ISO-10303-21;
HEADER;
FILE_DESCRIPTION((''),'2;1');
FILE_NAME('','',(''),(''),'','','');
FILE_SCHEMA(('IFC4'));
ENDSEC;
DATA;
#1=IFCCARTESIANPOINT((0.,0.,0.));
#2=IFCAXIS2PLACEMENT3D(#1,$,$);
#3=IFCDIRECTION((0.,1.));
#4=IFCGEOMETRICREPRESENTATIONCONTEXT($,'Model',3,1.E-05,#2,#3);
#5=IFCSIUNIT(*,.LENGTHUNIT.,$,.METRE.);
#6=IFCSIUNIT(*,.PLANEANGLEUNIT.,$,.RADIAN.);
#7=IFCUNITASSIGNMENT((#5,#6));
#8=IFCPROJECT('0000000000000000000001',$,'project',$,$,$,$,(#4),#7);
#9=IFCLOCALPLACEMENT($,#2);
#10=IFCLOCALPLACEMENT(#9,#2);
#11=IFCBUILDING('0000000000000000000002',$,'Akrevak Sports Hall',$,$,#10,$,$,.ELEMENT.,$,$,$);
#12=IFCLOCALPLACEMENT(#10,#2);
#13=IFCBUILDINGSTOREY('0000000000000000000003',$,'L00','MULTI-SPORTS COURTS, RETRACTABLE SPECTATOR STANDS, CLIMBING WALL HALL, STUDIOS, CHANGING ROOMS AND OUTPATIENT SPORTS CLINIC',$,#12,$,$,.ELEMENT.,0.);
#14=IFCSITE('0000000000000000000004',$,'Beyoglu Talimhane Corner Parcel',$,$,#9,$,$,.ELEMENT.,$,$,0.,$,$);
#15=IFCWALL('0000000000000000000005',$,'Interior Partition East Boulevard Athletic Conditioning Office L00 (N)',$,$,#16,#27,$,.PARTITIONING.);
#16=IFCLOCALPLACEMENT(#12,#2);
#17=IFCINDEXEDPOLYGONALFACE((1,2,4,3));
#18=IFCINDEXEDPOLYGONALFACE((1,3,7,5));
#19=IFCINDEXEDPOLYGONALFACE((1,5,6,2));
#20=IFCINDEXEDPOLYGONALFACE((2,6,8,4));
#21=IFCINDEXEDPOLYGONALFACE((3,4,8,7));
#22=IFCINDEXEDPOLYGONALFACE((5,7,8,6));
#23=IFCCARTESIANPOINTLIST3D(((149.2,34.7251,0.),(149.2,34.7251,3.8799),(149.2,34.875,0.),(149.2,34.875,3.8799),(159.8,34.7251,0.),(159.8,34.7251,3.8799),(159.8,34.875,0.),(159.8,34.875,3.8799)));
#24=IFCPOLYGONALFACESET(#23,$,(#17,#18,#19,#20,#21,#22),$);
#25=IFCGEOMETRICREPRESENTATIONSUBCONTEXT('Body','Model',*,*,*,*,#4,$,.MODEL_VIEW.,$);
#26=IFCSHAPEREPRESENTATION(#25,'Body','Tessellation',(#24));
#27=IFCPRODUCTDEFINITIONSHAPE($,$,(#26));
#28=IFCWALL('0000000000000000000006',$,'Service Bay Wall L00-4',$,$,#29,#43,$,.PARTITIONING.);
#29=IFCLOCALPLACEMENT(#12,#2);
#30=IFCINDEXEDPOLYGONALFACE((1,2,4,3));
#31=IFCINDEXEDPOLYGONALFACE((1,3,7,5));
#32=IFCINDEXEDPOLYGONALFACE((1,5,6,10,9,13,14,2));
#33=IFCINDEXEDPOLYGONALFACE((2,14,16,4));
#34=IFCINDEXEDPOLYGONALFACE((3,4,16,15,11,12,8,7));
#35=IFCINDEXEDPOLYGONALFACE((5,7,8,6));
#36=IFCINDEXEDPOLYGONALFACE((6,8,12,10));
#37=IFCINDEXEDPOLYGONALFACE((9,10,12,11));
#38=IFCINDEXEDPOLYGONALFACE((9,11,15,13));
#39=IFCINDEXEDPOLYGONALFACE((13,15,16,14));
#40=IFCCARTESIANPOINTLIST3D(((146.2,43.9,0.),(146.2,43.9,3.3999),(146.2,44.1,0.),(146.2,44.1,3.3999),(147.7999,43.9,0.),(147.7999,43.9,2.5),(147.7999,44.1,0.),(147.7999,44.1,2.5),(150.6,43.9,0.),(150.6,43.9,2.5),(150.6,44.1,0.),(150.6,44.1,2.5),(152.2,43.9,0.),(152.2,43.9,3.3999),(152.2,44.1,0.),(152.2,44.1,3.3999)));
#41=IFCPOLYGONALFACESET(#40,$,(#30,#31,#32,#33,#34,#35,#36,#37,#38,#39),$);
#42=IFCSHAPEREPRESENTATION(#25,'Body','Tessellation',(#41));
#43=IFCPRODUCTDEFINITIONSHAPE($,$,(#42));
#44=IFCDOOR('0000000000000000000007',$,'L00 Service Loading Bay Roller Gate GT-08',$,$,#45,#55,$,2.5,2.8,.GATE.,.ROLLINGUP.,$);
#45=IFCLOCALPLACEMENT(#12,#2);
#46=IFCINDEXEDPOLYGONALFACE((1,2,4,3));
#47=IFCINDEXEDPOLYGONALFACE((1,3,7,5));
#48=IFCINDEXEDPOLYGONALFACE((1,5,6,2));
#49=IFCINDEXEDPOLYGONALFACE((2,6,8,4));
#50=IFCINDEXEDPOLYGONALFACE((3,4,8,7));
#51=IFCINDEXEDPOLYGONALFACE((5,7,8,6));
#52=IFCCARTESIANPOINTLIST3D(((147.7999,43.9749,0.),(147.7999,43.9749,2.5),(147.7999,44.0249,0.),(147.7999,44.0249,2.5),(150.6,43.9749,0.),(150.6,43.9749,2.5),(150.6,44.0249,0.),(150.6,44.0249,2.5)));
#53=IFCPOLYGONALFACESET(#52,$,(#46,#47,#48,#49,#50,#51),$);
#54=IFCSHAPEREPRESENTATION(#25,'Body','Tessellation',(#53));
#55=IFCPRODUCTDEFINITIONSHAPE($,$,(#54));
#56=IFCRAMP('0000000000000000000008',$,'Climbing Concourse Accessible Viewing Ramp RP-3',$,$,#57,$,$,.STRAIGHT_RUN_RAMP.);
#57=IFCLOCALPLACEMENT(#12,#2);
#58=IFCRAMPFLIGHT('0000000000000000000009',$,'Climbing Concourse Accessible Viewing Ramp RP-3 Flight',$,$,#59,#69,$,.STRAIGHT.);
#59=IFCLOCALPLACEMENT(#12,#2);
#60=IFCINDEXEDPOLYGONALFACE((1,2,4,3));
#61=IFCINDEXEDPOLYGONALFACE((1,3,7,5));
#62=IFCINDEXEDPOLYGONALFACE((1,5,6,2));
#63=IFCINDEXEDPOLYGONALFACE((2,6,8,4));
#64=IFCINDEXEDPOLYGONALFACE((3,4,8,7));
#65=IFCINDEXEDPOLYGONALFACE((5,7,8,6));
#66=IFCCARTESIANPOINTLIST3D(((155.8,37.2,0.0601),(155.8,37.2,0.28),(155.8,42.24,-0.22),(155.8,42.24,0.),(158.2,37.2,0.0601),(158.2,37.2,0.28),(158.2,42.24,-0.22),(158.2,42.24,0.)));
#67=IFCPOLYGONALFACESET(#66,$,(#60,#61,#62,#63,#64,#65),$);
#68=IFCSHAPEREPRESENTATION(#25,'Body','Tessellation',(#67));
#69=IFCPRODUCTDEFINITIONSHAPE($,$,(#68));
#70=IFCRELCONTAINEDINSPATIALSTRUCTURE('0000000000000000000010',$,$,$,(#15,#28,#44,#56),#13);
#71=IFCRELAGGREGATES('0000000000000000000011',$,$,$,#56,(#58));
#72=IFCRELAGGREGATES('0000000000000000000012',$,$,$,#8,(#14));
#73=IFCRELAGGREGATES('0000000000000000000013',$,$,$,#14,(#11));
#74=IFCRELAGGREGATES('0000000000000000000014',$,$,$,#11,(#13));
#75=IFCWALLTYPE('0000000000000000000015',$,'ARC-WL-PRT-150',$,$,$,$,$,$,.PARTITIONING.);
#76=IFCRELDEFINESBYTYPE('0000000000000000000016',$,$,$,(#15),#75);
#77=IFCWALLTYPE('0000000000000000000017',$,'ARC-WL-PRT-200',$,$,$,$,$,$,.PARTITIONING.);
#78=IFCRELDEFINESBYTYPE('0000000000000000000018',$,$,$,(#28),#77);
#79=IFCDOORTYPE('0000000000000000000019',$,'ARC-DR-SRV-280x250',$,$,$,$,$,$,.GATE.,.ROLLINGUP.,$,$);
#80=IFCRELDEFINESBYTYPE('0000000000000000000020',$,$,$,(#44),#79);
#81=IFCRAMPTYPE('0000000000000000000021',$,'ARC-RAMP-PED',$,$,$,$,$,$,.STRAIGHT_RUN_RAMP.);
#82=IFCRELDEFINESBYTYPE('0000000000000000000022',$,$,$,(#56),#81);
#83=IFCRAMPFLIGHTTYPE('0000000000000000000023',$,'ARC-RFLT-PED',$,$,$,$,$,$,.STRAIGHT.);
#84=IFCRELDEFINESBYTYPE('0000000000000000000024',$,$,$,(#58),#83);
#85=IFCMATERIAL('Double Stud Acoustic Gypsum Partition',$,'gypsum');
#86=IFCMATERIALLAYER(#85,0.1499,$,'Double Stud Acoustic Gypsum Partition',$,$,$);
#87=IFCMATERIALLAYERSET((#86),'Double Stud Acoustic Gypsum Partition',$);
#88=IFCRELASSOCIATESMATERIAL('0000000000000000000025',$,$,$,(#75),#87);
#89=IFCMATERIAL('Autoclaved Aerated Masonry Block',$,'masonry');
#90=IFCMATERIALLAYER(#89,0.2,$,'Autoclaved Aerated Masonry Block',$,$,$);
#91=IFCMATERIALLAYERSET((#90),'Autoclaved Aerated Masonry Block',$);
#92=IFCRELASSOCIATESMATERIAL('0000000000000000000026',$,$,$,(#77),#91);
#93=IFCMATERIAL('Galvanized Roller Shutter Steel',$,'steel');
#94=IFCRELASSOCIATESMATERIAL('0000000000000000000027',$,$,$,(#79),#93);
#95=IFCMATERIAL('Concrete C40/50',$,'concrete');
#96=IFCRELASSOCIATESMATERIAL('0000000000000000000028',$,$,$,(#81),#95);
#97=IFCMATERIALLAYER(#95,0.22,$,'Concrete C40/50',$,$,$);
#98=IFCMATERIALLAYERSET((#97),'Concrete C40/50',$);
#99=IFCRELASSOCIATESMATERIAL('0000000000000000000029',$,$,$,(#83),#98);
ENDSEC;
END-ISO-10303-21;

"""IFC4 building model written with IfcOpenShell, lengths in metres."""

from ifc_helpers import new_model, si_unit, direction, frame, frame_2d, origin, place, context, subcontext, project, spatial, polyline, rectangle, outline, extrude, material, layer, layer_set, type_object, element, fill, aggregate, save


model = new_model("IFC4")

# Units and contexts
model_context = context("Model", 3, precision=1e-05, world=origin(), true_north=direction((0.0, 1.0)))
body_context = subcontext(model_context, "Body", "Model", "MODEL_VIEW")
ifc_project = project(units=[si_unit("LENGTHUNIT", "METRE"), si_unit("PLANEANGLEUNIT", "RADIAN")], contexts=[model_context])

# Site, building, storey
site_placement = place(None, origin())
site = spatial("IfcSite", under=ifc_project, at=site_placement, Name="Beyoglu Talimhane Corner Parcel", CompositionType="ELEMENT", RefElevation=0.0)
building_placement = place(site_placement, origin())
building = spatial("IfcBuilding", under=site, at=building_placement, Name="Akrevak Sports Hall", CompositionType="ELEMENT")
storey_placement = place(building_placement, origin())
storey = spatial("IfcBuildingStorey", under=building, at=storey_placement, Name="L00", Description="MULTI-SPORTS COURTS, RETRACTABLE SPECTATOR STANDS, CLIMBING WALL HALL, STUDIOS, CHANGING ROOMS AND OUTPATIENT SPORTS CLINIC", CompositionType="ELEMENT", Elevation=0.0)

# Shared definitions
ifc_material_1 = material(Name="Concrete C40/50", Category="concrete")

# Wall
ifc_material_2 = material(Name="Double Stud Acoustic Gypsum Partition", Category="gypsum")
ifc_layer_1 = layer(ifc_material_2, 0.1499, Name="Double Stud Acoustic Gypsum Partition")
ifc_layer_set_1 = layer_set([ifc_layer_1], Name="Double Stud Acoustic Gypsum Partition")
wall_type_1 = type_object("IfcWallType", Name="ARC-WL-PRT-150", PredefinedType="PARTITIONING", material=ifc_layer_set_1)
wall_1_placement = place(storey_placement, frame((149.2, 34.8, 0.0), z_axis=(0.0, 0.0, 1.0), x_axis=(1.0, 0.0, 0.0)))
element("IfcWall", 1, at=wall_1_placement, inside=storey, type_object=wall_type_1, Name="Interior Partition East Boulevard Athletic Conditioning Office L00 (N)", PredefinedType="PARTITIONING", context=body_context, shape_type="SweptSolid", body=[
    extrude(rectangle(XDim=10.6001, YDim=0.1499, at=frame_2d((5.3, 0.0))), origin(), (0.0, 0.0, 1.0), 3.8799),
])

# Wall, opening, door
ifc_material_3 = material(Name="Autoclaved Aerated Masonry Block", Category="masonry")
ifc_layer_2 = layer(ifc_material_3, 0.2, Name="Autoclaved Aerated Masonry Block")
ifc_layer_set_2 = layer_set([ifc_layer_2], Name="Autoclaved Aerated Masonry Block")
wall_type_2 = type_object("IfcWallType", Name="ARC-WL-PRT-200", PredefinedType="PARTITIONING", material=ifc_layer_set_2)
wall_2_placement = place(storey_placement, frame((146.2, 44.0, 0.0), z_axis=(0.0, 0.0, 1.0), x_axis=(1.0, 0.0, 0.0)))
wall_2 = element("IfcWall", 2, at=wall_2_placement, inside=storey, type_object=wall_type_2, Name="Service Bay Wall L00-4", PredefinedType="PARTITIONING", context=body_context, shape_type="SweptSolid", body=[
    extrude(rectangle(XDim=6.0, YDim=0.2, at=frame_2d((3.0, 0.0))), origin(), (0.0, 0.0, 1.0), 3.3999),
])
opening_placement = place(wall_2_placement, frame((1.6001, 0.0, 0.0)))
opening = element("IfcOpeningElement", 3, at=opening_placement, cuts=wall_2, PredefinedType="OPENING", context=body_context, shape_type="SweptSolid", body=[
    extrude(rectangle(XDim=2.8, YDim=2.5, at=frame_2d((1.3999, 1.25))), frame((0.0, 0.1118, 0.0), z_axis=(0.0, -1.0, 0.0), x_axis=(1.0, 0.0, 0.0)), (0.0, 0.0, 1.0), 0.2239),
])
ifc_material_4 = material(Name="Galvanized Roller Shutter Steel", Category="steel")
door_type = type_object("IfcDoorType", Name="ARC-DR-SRV-280x250", OperationType="ROLLINGUP", PredefinedType="GATE", material=ifc_material_4)
door_placement = place(opening_placement, origin())
door = element("IfcDoor", 4, at=door_placement, inside=storey, type_object=door_type, Name="L00 Service Loading Bay Roller Gate GT-08", OperationType="ROLLINGUP", OverallHeight=2.5, OverallWidth=2.8, PredefinedType="GATE", context=body_context, shape_type="SweptSolid", body=[
    extrude(rectangle(XDim=2.8, YDim=2.5, at=frame_2d((1.3999, 1.25))), frame((0.0, 0.0249, 0.0), z_axis=(0.0, -1.0, 0.0), x_axis=(1.0, 0.0, 0.0)), (0.0, 0.0, 1.0), 0.05),
])
fill(opening, door)

# Ramp, ramp flight
ramp_type = type_object("IfcRampType", Name="ARC-RAMP-PED", PredefinedType="STRAIGHT_RUN_RAMP", material=ifc_material_1)
ramp_placement = place(storey_placement, origin())
ramp = element("IfcRamp", 5, at=ramp_placement, inside=storey, type_object=ramp_type, Name="Climbing Concourse Accessible Viewing Ramp RP-3", PredefinedType="STRAIGHT_RUN_RAMP")
ifc_layer_3 = layer(ifc_material_1, 0.22, Name="Concrete C40/50")
ifc_layer_set_3 = layer_set([ifc_layer_3], Name="Concrete C40/50")
ramp_flight_type = type_object("IfcRampFlightType", Name="ARC-RFLT-PED", PredefinedType="STRAIGHT", material=ifc_layer_set_3)
ramp_flight_placement = place(storey_placement, frame((157.0, 42.24, 0.0), z_axis=(0.0, 0.0, 1.0), x_axis=(0.0, -1.0, 0.0)))
ramp_flight = element("IfcRampFlight", 6, at=ramp_flight_placement, type_object=ramp_flight_type, Name="Climbing Concourse Accessible Viewing Ramp RP-3 Flight", PredefinedType="STRAIGHT", context=body_context, shape_type="SweptSolid", body=[
    extrude(outline(polyline([(0.0, 0.0), (5.04, 0.28), (5.04, 0.0601), (0.0, -0.22), (0.0, 0.0)])), frame((0.0, 1.2, 0.0), z_axis=(0.0, -1.0, 0.0), x_axis=(1.0, 0.0, 0.0)), (0.0, 0.0, 1.0), 2.3999),
])
aggregate(ramp, [ramp_flight])

save(model, "model.ifc")
